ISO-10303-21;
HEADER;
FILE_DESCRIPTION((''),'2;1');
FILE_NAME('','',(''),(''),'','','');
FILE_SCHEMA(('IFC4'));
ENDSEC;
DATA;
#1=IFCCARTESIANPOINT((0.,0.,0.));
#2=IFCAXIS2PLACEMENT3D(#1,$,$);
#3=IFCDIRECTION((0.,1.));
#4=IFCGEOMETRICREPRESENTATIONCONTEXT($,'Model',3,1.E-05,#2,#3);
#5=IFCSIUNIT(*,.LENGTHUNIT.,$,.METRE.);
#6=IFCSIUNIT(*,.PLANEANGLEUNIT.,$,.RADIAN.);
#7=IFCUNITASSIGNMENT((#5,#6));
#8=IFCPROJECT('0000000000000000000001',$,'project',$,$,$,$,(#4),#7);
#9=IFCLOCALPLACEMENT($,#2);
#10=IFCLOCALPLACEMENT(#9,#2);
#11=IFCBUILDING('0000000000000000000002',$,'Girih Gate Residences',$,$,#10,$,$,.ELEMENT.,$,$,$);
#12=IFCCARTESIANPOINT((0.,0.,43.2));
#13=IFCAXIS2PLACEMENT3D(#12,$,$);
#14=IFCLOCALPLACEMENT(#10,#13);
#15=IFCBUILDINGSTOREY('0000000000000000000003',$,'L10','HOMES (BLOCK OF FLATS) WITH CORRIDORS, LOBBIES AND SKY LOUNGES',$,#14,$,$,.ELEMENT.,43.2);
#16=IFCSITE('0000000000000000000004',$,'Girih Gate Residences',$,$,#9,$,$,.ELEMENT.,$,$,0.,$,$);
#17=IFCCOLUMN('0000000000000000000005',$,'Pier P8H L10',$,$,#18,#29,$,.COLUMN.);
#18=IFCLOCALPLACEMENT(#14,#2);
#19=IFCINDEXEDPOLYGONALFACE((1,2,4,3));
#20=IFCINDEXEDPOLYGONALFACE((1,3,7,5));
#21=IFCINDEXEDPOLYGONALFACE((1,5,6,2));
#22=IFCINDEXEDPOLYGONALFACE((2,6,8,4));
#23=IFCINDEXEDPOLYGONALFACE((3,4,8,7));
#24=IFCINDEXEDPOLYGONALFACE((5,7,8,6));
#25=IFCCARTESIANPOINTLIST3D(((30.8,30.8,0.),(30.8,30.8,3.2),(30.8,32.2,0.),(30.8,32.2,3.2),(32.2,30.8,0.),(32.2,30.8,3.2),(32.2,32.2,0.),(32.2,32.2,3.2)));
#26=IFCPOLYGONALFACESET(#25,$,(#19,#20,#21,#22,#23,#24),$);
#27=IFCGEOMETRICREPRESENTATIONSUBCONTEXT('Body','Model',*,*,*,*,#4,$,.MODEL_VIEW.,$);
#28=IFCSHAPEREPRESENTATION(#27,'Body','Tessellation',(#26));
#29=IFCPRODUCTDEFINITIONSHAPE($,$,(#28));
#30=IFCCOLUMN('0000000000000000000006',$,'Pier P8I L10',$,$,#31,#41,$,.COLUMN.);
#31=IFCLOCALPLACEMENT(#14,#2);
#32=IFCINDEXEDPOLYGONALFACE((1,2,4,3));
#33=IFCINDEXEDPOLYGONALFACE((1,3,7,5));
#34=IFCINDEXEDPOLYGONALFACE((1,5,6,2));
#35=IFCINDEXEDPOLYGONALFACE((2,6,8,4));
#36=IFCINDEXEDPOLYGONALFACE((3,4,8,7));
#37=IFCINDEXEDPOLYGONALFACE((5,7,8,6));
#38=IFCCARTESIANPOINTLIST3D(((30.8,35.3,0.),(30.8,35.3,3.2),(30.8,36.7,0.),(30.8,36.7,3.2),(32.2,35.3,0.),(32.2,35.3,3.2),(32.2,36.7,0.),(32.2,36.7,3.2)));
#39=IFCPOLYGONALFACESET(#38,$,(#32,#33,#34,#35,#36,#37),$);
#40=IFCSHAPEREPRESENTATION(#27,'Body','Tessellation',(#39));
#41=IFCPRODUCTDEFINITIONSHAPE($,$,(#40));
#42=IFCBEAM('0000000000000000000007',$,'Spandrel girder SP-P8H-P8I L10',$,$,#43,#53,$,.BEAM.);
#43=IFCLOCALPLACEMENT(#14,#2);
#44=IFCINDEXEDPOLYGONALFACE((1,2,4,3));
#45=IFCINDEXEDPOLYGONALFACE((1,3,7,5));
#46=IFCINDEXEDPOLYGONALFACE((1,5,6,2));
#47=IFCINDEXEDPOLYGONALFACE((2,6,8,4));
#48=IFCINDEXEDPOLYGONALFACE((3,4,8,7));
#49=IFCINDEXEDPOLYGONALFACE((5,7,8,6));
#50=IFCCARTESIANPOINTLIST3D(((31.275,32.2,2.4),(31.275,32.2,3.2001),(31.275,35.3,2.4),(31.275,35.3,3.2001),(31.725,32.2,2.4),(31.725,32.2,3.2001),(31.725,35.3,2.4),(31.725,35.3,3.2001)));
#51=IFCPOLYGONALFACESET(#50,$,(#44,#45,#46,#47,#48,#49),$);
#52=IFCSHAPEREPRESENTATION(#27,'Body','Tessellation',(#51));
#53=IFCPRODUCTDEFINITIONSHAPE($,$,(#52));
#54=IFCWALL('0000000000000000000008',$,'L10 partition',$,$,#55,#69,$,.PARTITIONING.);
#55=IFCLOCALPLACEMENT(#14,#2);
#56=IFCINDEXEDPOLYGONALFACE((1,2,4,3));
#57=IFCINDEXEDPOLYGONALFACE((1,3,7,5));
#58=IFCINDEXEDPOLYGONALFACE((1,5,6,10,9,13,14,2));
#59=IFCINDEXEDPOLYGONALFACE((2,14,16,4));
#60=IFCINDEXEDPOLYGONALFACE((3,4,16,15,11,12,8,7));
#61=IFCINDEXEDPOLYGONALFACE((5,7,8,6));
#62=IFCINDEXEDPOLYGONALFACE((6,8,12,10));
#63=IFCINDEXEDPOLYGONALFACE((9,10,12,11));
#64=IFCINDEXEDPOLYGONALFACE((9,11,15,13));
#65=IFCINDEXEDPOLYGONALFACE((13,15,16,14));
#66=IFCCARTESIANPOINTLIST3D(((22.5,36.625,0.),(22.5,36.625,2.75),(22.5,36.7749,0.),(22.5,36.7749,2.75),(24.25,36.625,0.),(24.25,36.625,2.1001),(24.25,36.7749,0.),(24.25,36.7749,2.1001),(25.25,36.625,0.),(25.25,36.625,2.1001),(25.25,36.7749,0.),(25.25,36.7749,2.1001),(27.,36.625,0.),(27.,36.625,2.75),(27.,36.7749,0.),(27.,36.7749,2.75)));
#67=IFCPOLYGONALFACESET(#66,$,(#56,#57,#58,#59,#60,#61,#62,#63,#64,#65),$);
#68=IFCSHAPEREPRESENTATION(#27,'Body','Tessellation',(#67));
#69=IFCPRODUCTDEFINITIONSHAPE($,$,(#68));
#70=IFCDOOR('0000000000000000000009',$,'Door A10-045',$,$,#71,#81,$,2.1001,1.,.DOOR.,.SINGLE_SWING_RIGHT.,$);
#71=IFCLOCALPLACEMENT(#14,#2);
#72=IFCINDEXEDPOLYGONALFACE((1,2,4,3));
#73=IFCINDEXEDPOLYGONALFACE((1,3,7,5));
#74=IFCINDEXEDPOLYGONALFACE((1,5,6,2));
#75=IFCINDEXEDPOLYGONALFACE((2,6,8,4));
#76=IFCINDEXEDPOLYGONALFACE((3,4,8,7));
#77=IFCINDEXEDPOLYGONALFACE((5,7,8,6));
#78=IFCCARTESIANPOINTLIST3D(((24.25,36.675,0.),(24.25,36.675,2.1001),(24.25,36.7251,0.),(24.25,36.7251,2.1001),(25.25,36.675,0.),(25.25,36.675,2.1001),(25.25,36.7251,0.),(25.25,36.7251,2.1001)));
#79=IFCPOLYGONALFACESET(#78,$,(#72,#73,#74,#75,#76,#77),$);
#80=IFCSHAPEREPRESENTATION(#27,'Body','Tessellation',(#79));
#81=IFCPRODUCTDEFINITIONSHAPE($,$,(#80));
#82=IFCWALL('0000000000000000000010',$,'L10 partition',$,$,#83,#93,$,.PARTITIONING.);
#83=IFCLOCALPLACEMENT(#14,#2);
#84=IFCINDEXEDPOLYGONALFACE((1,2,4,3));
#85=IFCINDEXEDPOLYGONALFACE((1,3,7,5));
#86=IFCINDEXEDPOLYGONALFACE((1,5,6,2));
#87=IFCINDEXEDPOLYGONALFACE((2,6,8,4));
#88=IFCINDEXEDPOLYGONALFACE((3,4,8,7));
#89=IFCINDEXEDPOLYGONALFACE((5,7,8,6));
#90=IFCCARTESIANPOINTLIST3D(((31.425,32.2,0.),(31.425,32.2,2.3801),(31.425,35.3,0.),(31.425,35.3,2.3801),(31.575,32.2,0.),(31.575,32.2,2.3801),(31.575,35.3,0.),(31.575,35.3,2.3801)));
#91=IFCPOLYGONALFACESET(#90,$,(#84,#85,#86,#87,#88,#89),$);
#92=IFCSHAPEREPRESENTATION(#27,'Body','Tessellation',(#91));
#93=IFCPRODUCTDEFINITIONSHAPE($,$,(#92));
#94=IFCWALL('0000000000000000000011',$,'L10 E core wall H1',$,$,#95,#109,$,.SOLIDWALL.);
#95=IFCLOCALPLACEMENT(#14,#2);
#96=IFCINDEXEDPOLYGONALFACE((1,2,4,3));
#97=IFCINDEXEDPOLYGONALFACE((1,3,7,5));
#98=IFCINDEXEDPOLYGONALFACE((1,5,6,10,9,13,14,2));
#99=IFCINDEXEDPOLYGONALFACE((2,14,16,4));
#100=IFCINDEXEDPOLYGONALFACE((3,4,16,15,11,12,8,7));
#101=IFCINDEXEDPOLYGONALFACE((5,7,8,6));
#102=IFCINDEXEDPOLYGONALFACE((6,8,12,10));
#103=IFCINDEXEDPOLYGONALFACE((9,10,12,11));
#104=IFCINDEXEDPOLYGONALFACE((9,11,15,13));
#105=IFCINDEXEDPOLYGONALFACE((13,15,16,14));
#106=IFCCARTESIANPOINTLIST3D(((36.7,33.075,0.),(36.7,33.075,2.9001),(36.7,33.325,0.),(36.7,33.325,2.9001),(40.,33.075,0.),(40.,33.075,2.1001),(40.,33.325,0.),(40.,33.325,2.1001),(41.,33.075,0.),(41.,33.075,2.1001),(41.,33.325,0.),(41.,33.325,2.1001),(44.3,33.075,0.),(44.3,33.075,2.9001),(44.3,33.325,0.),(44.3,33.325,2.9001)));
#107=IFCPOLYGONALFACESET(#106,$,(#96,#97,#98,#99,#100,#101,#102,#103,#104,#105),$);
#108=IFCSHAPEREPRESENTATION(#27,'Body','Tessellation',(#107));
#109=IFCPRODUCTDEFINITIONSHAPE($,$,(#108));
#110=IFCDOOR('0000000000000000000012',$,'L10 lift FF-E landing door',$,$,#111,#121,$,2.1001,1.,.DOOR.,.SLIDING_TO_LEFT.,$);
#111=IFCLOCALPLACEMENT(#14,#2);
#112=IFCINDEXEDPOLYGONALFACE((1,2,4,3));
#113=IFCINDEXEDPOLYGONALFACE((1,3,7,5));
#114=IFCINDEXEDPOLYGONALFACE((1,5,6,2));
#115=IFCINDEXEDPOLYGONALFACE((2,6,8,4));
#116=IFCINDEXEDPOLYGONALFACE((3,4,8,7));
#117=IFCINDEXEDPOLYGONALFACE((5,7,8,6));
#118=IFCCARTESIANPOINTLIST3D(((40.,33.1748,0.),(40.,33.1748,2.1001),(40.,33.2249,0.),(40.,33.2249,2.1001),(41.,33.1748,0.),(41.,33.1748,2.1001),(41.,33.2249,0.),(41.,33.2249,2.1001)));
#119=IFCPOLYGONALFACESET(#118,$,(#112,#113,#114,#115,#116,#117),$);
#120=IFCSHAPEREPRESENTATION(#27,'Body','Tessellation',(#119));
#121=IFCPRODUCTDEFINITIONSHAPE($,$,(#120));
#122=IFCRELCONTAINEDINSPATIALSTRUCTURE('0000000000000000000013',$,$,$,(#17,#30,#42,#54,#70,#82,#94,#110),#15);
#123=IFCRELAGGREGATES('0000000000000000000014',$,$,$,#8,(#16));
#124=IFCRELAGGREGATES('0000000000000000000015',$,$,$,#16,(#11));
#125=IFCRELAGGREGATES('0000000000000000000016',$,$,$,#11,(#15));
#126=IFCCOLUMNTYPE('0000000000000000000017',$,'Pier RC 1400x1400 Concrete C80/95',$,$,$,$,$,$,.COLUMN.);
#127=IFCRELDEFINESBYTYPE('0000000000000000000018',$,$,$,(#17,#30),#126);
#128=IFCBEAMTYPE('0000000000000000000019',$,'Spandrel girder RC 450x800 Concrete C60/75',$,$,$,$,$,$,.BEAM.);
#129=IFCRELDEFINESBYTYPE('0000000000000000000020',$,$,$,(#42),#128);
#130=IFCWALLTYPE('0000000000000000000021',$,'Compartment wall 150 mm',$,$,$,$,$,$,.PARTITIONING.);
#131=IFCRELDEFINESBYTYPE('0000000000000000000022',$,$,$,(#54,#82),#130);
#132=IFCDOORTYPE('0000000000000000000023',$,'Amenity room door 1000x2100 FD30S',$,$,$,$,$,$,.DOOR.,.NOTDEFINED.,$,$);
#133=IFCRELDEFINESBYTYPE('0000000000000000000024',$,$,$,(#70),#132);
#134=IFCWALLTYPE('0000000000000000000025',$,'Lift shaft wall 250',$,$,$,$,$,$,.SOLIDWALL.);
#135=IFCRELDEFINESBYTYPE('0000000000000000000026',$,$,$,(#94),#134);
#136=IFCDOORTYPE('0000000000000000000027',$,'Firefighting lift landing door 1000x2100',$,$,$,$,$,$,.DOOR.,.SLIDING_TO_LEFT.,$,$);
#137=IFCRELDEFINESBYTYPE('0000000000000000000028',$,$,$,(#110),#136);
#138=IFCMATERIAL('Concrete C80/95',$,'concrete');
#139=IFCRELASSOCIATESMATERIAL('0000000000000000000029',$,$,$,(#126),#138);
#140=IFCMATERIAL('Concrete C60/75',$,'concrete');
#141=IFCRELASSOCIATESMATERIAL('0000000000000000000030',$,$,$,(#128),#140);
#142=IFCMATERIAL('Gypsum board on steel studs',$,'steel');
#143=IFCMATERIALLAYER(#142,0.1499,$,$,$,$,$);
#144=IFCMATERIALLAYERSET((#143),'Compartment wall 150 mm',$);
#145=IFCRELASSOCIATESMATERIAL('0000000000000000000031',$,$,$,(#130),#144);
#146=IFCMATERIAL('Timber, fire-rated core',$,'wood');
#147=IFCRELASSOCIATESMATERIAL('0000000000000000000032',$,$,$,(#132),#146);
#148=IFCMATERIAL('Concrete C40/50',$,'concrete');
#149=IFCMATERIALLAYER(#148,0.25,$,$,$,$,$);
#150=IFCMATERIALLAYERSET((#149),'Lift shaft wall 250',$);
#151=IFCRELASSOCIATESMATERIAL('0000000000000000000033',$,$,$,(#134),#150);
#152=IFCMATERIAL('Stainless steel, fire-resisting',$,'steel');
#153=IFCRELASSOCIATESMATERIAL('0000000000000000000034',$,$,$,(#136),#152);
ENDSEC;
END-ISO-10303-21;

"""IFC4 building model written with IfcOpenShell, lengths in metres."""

from ifc_helpers import new_model, si_unit, direction, frame, frame_2d, origin, origin_2d, place, context, subcontext, project, spatial, rectangle, extrude, material, layer, layer_set, material_profile, profile_set, type_object, element, fill, save


model = new_model("IFC4")

# Units and contexts
model_context = context("Model", 3, precision=1e-05, world=origin(), true_north=direction((0.0, 1.0)))
body_context = subcontext(model_context, "Body", "Model", "MODEL_VIEW")
ifc_project = project(units=[si_unit("LENGTHUNIT", "METRE"), si_unit("PLANEANGLEUNIT", "RADIAN")], contexts=[model_context])

# Site, building, storey
site_placement = place(None, origin())
site = spatial("IfcSite", under=ifc_project, at=site_placement, Name="Girih Gate Residences", CompositionType="ELEMENT", RefElevation=0.0)
building_placement = place(site_placement, origin())
building = spatial("IfcBuilding", under=site, at=building_placement, Name="Girih Gate Residences", CompositionType="ELEMENT")
storey_placement = place(building_placement, frame((0.0, 0.0, 43.2)))
storey = spatial("IfcBuildingStorey", under=building, at=storey_placement, Name="L10", Description="HOMES (BLOCK OF FLATS) WITH CORRIDORS, LOBBIES AND SKY LOUNGES", CompositionType="ELEMENT", Elevation=43.2)

# Columns
ifc_material_1 = material(Name="Concrete C80/95", Category="concrete")
ifc_material_profile_1 = material_profile(ifc_material_1, rectangle(XDim=1.3999, YDim=1.3999, at=origin_2d()))
ifc_profile_set_1 = profile_set([ifc_material_profile_1], Name="Concrete C80/95")
column_type = type_object("IfcColumnType", Name="Pier RC 1400x1400 Concrete C80/95", PredefinedType="COLUMN", material=ifc_profile_set_1)
for number, where, z_axis, x_axis, name in (
    (1, (31.5, 31.5, 0.0), (0.0, 0.0, 1.0), (1.0, 0.0, 0.0), "Pier P8H L10"),
    (2, (31.5, 36.0, 0.0), (0.0, 0.0, 1.0), (1.0, 0.0, 0.0), "Pier P8I L10"),
):
    element("IfcColumn", number, at=place(storey_placement, frame(where, z_axis=z_axis, x_axis=x_axis)), inside=storey, type_object=column_type, Name=name, PredefinedType="COLUMN", context=body_context, shape_type="SweptSolid", body=[
        extrude(rectangle(XDim=1.3999, YDim=1.3999, at=origin_2d()), origin(), (0.0, 0.0, 1.0), 3.2),
    ])

# Beam
ifc_material_2 = material(Name="Concrete C60/75", Category="concrete")
ifc_material_profile_2 = material_profile(ifc_material_2, rectangle(XDim=0.45, YDim=0.8, at=origin_2d()))
ifc_profile_set_2 = profile_set([ifc_material_profile_2], Name="Concrete C60/75")
beam_type = type_object("IfcBeamType", Name="Spandrel girder RC 450x800 Concrete C60/75", PredefinedType="BEAM", material=ifc_profile_set_2)
beam_placement = place(storey_placement, frame((31.5, 32.2, 2.8), z_axis=(0.0, 1.0, 0.0), x_axis=(-1.0, 0.0, 0.0)))
element("IfcBeam", 3, at=beam_placement, inside=storey, type_object=beam_type, Name="Spandrel girder SP-P8H-P8I L10", PredefinedType="BEAM", context=body_context, shape_type="SweptSolid", body=[
    extrude(rectangle(XDim=0.45, YDim=0.8, at=origin_2d()), origin(), (0.0, 0.0, 1.0), 3.1001),
])

# Wall, opening, door
ifc_material_3 = material(Name="Gypsum board on steel studs", Category="steel")
ifc_layer_1 = layer(ifc_material_3, 0.1499)
ifc_layer_set_1 = layer_set([ifc_layer_1], Name="Compartment wall 150 mm")
wall_type_1 = type_object("IfcWallType", Name="Compartment wall 150 mm", PredefinedType="PARTITIONING", material=ifc_layer_set_1)
wall_1_placement = place(storey_placement, frame((27.0, 36.7, 0.0), z_axis=(0.0, 0.0, 1.0), x_axis=(-1.0, 0.0, 0.0)))
wall_1 = element("IfcWall", 4, at=wall_1_placement, inside=storey, type_object=wall_type_1, Name="L10 partition", PredefinedType="PARTITIONING", context=body_context, shape_type="SweptSolid", body=[
    extrude(rectangle(XDim=4.5, YDim=0.1499, at=frame_2d((2.25, 0.0))), origin(), (0.0, 0.0, 1.0), 2.75),
])
opening_1_placement = place(wall_1_placement, frame((1.75, 0.0, 0.0)))
opening_1 = element("IfcOpeningElement", 5, at=opening_1_placement, cuts=wall_1, PredefinedType="OPENING", context=body_context, shape_type="SweptSolid", body=[
    extrude(rectangle(XDim=1.0, YDim=2.1001, at=frame_2d((0.5, 1.05))), frame((0.0, 0.085, 0.0), z_axis=(0.0, -1.0, 0.0), x_axis=(1.0, 0.0, 0.0)), (0.0, 0.0, 1.0), 0.1699),
])
ifc_material_4 = material(Name="Timber, fire-rated core", Category="wood")
door_type_1 = type_object("IfcDoorType", Name="Amenity room door 1000x2100 FD30S", OperationType="NOTDEFINED", PredefinedType="DOOR", material=ifc_material_4)
door_1_placement = place(opening_1_placement, origin())
door_1 = element("IfcDoor", 6, at=door_1_placement, inside=storey, type_object=door_type_1, Name="Door A10-045", OperationType="SINGLE_SWING_RIGHT", OverallHeight=2.1001, OverallWidth=1.0, PredefinedType="DOOR", context=body_context, shape_type="SweptSolid", body=[
    extrude(rectangle(XDim=1.0, YDim=2.1001, at=frame_2d((0.5, 1.05))), frame((0.0, 0.0249, 0.0), z_axis=(0.0, -1.0, 0.0), x_axis=(1.0, 0.0, 0.0)), (0.0, 0.0, 1.0), 0.05),
])
fill(opening_1, door_1)

# Wall
wall_2_placement = place(storey_placement, frame((31.5, 32.2, 0.0), z_axis=(0.0, 0.0, 1.0), x_axis=(0.0, 1.0, 0.0)))
element("IfcWall", 7, at=wall_2_placement, inside=storey, type_object=wall_type_1, Name="L10 partition", PredefinedType="PARTITIONING", context=body_context, shape_type="SweptSolid", body=[
    extrude(rectangle(XDim=3.1001, YDim=0.1499, at=frame_2d((1.55, 0.0))), origin(), (0.0, 0.0, 1.0), 2.3801),
])

# Wall, opening, door
ifc_material_5 = material(Name="Concrete C40/50", Category="concrete")
ifc_layer_2 = layer(ifc_material_5, 0.25)
ifc_layer_set_2 = layer_set([ifc_layer_2], Name="Lift shaft wall 250")
wall_type_2 = type_object("IfcWallType", Name="Lift shaft wall 250", PredefinedType="SOLIDWALL", material=ifc_layer_set_2)
wall_3_placement = place(storey_placement, frame((36.7, 33.2, 0.0), z_axis=(0.0, 0.0, 1.0), x_axis=(1.0, 0.0, 0.0)))
wall_3 = element("IfcWall", 8, at=wall_3_placement, inside=storey, type_object=wall_type_2, Name="L10 E core wall H1", PredefinedType="SOLIDWALL", context=body_context, shape_type="SweptSolid", body=[
    extrude(rectangle(XDim=7.6001, YDim=0.25, at=frame_2d((3.8, 0.0))), origin(), (0.0, 0.0, 1.0), 2.9001),
])
opening_2_placement = place(wall_3_placement, frame((3.3, 0.0, 0.0)))
opening_2 = element("IfcOpeningElement", 9, at=opening_2_placement, cuts=wall_3, PredefinedType="OPENING", context=body_context, shape_type="SweptSolid", body=[
    extrude(rectangle(XDim=1.0, YDim=2.1001, at=frame_2d((0.5, 1.05))), frame((0.0, 0.135, 0.0), z_axis=(0.0, -1.0, 0.0), x_axis=(1.0, 0.0, 0.0)), (0.0, 0.0, 1.0), 0.27),
])
ifc_material_6 = material(Name="Stainless steel, fire-resisting", Category="steel")
door_type_2 = type_object("IfcDoorType", Name="Firefighting lift landing door 1000x2100", OperationType="SLIDING_TO_LEFT", PredefinedType="DOOR", material=ifc_material_6)
door_2_placement = place(opening_2_placement, origin())
door_2 = element("IfcDoor", 10, at=door_2_placement, inside=storey, type_object=door_type_2, Name="L10 lift FF-E landing door", OperationType="SLIDING_TO_LEFT", OverallHeight=2.1001, OverallWidth=1.0, PredefinedType="DOOR", context=body_context, shape_type="SweptSolid", body=[
    extrude(rectangle(XDim=1.0, YDim=2.1001, at=frame_2d((0.5, 1.05))), frame((0.0, 0.0249, 0.0), z_axis=(0.0, -1.0, 0.0), x_axis=(1.0, 0.0, 0.0)), (0.0, 0.0, 1.0), 0.05),
])
fill(opening_2, door_2)

save(model, "model.ifc")
